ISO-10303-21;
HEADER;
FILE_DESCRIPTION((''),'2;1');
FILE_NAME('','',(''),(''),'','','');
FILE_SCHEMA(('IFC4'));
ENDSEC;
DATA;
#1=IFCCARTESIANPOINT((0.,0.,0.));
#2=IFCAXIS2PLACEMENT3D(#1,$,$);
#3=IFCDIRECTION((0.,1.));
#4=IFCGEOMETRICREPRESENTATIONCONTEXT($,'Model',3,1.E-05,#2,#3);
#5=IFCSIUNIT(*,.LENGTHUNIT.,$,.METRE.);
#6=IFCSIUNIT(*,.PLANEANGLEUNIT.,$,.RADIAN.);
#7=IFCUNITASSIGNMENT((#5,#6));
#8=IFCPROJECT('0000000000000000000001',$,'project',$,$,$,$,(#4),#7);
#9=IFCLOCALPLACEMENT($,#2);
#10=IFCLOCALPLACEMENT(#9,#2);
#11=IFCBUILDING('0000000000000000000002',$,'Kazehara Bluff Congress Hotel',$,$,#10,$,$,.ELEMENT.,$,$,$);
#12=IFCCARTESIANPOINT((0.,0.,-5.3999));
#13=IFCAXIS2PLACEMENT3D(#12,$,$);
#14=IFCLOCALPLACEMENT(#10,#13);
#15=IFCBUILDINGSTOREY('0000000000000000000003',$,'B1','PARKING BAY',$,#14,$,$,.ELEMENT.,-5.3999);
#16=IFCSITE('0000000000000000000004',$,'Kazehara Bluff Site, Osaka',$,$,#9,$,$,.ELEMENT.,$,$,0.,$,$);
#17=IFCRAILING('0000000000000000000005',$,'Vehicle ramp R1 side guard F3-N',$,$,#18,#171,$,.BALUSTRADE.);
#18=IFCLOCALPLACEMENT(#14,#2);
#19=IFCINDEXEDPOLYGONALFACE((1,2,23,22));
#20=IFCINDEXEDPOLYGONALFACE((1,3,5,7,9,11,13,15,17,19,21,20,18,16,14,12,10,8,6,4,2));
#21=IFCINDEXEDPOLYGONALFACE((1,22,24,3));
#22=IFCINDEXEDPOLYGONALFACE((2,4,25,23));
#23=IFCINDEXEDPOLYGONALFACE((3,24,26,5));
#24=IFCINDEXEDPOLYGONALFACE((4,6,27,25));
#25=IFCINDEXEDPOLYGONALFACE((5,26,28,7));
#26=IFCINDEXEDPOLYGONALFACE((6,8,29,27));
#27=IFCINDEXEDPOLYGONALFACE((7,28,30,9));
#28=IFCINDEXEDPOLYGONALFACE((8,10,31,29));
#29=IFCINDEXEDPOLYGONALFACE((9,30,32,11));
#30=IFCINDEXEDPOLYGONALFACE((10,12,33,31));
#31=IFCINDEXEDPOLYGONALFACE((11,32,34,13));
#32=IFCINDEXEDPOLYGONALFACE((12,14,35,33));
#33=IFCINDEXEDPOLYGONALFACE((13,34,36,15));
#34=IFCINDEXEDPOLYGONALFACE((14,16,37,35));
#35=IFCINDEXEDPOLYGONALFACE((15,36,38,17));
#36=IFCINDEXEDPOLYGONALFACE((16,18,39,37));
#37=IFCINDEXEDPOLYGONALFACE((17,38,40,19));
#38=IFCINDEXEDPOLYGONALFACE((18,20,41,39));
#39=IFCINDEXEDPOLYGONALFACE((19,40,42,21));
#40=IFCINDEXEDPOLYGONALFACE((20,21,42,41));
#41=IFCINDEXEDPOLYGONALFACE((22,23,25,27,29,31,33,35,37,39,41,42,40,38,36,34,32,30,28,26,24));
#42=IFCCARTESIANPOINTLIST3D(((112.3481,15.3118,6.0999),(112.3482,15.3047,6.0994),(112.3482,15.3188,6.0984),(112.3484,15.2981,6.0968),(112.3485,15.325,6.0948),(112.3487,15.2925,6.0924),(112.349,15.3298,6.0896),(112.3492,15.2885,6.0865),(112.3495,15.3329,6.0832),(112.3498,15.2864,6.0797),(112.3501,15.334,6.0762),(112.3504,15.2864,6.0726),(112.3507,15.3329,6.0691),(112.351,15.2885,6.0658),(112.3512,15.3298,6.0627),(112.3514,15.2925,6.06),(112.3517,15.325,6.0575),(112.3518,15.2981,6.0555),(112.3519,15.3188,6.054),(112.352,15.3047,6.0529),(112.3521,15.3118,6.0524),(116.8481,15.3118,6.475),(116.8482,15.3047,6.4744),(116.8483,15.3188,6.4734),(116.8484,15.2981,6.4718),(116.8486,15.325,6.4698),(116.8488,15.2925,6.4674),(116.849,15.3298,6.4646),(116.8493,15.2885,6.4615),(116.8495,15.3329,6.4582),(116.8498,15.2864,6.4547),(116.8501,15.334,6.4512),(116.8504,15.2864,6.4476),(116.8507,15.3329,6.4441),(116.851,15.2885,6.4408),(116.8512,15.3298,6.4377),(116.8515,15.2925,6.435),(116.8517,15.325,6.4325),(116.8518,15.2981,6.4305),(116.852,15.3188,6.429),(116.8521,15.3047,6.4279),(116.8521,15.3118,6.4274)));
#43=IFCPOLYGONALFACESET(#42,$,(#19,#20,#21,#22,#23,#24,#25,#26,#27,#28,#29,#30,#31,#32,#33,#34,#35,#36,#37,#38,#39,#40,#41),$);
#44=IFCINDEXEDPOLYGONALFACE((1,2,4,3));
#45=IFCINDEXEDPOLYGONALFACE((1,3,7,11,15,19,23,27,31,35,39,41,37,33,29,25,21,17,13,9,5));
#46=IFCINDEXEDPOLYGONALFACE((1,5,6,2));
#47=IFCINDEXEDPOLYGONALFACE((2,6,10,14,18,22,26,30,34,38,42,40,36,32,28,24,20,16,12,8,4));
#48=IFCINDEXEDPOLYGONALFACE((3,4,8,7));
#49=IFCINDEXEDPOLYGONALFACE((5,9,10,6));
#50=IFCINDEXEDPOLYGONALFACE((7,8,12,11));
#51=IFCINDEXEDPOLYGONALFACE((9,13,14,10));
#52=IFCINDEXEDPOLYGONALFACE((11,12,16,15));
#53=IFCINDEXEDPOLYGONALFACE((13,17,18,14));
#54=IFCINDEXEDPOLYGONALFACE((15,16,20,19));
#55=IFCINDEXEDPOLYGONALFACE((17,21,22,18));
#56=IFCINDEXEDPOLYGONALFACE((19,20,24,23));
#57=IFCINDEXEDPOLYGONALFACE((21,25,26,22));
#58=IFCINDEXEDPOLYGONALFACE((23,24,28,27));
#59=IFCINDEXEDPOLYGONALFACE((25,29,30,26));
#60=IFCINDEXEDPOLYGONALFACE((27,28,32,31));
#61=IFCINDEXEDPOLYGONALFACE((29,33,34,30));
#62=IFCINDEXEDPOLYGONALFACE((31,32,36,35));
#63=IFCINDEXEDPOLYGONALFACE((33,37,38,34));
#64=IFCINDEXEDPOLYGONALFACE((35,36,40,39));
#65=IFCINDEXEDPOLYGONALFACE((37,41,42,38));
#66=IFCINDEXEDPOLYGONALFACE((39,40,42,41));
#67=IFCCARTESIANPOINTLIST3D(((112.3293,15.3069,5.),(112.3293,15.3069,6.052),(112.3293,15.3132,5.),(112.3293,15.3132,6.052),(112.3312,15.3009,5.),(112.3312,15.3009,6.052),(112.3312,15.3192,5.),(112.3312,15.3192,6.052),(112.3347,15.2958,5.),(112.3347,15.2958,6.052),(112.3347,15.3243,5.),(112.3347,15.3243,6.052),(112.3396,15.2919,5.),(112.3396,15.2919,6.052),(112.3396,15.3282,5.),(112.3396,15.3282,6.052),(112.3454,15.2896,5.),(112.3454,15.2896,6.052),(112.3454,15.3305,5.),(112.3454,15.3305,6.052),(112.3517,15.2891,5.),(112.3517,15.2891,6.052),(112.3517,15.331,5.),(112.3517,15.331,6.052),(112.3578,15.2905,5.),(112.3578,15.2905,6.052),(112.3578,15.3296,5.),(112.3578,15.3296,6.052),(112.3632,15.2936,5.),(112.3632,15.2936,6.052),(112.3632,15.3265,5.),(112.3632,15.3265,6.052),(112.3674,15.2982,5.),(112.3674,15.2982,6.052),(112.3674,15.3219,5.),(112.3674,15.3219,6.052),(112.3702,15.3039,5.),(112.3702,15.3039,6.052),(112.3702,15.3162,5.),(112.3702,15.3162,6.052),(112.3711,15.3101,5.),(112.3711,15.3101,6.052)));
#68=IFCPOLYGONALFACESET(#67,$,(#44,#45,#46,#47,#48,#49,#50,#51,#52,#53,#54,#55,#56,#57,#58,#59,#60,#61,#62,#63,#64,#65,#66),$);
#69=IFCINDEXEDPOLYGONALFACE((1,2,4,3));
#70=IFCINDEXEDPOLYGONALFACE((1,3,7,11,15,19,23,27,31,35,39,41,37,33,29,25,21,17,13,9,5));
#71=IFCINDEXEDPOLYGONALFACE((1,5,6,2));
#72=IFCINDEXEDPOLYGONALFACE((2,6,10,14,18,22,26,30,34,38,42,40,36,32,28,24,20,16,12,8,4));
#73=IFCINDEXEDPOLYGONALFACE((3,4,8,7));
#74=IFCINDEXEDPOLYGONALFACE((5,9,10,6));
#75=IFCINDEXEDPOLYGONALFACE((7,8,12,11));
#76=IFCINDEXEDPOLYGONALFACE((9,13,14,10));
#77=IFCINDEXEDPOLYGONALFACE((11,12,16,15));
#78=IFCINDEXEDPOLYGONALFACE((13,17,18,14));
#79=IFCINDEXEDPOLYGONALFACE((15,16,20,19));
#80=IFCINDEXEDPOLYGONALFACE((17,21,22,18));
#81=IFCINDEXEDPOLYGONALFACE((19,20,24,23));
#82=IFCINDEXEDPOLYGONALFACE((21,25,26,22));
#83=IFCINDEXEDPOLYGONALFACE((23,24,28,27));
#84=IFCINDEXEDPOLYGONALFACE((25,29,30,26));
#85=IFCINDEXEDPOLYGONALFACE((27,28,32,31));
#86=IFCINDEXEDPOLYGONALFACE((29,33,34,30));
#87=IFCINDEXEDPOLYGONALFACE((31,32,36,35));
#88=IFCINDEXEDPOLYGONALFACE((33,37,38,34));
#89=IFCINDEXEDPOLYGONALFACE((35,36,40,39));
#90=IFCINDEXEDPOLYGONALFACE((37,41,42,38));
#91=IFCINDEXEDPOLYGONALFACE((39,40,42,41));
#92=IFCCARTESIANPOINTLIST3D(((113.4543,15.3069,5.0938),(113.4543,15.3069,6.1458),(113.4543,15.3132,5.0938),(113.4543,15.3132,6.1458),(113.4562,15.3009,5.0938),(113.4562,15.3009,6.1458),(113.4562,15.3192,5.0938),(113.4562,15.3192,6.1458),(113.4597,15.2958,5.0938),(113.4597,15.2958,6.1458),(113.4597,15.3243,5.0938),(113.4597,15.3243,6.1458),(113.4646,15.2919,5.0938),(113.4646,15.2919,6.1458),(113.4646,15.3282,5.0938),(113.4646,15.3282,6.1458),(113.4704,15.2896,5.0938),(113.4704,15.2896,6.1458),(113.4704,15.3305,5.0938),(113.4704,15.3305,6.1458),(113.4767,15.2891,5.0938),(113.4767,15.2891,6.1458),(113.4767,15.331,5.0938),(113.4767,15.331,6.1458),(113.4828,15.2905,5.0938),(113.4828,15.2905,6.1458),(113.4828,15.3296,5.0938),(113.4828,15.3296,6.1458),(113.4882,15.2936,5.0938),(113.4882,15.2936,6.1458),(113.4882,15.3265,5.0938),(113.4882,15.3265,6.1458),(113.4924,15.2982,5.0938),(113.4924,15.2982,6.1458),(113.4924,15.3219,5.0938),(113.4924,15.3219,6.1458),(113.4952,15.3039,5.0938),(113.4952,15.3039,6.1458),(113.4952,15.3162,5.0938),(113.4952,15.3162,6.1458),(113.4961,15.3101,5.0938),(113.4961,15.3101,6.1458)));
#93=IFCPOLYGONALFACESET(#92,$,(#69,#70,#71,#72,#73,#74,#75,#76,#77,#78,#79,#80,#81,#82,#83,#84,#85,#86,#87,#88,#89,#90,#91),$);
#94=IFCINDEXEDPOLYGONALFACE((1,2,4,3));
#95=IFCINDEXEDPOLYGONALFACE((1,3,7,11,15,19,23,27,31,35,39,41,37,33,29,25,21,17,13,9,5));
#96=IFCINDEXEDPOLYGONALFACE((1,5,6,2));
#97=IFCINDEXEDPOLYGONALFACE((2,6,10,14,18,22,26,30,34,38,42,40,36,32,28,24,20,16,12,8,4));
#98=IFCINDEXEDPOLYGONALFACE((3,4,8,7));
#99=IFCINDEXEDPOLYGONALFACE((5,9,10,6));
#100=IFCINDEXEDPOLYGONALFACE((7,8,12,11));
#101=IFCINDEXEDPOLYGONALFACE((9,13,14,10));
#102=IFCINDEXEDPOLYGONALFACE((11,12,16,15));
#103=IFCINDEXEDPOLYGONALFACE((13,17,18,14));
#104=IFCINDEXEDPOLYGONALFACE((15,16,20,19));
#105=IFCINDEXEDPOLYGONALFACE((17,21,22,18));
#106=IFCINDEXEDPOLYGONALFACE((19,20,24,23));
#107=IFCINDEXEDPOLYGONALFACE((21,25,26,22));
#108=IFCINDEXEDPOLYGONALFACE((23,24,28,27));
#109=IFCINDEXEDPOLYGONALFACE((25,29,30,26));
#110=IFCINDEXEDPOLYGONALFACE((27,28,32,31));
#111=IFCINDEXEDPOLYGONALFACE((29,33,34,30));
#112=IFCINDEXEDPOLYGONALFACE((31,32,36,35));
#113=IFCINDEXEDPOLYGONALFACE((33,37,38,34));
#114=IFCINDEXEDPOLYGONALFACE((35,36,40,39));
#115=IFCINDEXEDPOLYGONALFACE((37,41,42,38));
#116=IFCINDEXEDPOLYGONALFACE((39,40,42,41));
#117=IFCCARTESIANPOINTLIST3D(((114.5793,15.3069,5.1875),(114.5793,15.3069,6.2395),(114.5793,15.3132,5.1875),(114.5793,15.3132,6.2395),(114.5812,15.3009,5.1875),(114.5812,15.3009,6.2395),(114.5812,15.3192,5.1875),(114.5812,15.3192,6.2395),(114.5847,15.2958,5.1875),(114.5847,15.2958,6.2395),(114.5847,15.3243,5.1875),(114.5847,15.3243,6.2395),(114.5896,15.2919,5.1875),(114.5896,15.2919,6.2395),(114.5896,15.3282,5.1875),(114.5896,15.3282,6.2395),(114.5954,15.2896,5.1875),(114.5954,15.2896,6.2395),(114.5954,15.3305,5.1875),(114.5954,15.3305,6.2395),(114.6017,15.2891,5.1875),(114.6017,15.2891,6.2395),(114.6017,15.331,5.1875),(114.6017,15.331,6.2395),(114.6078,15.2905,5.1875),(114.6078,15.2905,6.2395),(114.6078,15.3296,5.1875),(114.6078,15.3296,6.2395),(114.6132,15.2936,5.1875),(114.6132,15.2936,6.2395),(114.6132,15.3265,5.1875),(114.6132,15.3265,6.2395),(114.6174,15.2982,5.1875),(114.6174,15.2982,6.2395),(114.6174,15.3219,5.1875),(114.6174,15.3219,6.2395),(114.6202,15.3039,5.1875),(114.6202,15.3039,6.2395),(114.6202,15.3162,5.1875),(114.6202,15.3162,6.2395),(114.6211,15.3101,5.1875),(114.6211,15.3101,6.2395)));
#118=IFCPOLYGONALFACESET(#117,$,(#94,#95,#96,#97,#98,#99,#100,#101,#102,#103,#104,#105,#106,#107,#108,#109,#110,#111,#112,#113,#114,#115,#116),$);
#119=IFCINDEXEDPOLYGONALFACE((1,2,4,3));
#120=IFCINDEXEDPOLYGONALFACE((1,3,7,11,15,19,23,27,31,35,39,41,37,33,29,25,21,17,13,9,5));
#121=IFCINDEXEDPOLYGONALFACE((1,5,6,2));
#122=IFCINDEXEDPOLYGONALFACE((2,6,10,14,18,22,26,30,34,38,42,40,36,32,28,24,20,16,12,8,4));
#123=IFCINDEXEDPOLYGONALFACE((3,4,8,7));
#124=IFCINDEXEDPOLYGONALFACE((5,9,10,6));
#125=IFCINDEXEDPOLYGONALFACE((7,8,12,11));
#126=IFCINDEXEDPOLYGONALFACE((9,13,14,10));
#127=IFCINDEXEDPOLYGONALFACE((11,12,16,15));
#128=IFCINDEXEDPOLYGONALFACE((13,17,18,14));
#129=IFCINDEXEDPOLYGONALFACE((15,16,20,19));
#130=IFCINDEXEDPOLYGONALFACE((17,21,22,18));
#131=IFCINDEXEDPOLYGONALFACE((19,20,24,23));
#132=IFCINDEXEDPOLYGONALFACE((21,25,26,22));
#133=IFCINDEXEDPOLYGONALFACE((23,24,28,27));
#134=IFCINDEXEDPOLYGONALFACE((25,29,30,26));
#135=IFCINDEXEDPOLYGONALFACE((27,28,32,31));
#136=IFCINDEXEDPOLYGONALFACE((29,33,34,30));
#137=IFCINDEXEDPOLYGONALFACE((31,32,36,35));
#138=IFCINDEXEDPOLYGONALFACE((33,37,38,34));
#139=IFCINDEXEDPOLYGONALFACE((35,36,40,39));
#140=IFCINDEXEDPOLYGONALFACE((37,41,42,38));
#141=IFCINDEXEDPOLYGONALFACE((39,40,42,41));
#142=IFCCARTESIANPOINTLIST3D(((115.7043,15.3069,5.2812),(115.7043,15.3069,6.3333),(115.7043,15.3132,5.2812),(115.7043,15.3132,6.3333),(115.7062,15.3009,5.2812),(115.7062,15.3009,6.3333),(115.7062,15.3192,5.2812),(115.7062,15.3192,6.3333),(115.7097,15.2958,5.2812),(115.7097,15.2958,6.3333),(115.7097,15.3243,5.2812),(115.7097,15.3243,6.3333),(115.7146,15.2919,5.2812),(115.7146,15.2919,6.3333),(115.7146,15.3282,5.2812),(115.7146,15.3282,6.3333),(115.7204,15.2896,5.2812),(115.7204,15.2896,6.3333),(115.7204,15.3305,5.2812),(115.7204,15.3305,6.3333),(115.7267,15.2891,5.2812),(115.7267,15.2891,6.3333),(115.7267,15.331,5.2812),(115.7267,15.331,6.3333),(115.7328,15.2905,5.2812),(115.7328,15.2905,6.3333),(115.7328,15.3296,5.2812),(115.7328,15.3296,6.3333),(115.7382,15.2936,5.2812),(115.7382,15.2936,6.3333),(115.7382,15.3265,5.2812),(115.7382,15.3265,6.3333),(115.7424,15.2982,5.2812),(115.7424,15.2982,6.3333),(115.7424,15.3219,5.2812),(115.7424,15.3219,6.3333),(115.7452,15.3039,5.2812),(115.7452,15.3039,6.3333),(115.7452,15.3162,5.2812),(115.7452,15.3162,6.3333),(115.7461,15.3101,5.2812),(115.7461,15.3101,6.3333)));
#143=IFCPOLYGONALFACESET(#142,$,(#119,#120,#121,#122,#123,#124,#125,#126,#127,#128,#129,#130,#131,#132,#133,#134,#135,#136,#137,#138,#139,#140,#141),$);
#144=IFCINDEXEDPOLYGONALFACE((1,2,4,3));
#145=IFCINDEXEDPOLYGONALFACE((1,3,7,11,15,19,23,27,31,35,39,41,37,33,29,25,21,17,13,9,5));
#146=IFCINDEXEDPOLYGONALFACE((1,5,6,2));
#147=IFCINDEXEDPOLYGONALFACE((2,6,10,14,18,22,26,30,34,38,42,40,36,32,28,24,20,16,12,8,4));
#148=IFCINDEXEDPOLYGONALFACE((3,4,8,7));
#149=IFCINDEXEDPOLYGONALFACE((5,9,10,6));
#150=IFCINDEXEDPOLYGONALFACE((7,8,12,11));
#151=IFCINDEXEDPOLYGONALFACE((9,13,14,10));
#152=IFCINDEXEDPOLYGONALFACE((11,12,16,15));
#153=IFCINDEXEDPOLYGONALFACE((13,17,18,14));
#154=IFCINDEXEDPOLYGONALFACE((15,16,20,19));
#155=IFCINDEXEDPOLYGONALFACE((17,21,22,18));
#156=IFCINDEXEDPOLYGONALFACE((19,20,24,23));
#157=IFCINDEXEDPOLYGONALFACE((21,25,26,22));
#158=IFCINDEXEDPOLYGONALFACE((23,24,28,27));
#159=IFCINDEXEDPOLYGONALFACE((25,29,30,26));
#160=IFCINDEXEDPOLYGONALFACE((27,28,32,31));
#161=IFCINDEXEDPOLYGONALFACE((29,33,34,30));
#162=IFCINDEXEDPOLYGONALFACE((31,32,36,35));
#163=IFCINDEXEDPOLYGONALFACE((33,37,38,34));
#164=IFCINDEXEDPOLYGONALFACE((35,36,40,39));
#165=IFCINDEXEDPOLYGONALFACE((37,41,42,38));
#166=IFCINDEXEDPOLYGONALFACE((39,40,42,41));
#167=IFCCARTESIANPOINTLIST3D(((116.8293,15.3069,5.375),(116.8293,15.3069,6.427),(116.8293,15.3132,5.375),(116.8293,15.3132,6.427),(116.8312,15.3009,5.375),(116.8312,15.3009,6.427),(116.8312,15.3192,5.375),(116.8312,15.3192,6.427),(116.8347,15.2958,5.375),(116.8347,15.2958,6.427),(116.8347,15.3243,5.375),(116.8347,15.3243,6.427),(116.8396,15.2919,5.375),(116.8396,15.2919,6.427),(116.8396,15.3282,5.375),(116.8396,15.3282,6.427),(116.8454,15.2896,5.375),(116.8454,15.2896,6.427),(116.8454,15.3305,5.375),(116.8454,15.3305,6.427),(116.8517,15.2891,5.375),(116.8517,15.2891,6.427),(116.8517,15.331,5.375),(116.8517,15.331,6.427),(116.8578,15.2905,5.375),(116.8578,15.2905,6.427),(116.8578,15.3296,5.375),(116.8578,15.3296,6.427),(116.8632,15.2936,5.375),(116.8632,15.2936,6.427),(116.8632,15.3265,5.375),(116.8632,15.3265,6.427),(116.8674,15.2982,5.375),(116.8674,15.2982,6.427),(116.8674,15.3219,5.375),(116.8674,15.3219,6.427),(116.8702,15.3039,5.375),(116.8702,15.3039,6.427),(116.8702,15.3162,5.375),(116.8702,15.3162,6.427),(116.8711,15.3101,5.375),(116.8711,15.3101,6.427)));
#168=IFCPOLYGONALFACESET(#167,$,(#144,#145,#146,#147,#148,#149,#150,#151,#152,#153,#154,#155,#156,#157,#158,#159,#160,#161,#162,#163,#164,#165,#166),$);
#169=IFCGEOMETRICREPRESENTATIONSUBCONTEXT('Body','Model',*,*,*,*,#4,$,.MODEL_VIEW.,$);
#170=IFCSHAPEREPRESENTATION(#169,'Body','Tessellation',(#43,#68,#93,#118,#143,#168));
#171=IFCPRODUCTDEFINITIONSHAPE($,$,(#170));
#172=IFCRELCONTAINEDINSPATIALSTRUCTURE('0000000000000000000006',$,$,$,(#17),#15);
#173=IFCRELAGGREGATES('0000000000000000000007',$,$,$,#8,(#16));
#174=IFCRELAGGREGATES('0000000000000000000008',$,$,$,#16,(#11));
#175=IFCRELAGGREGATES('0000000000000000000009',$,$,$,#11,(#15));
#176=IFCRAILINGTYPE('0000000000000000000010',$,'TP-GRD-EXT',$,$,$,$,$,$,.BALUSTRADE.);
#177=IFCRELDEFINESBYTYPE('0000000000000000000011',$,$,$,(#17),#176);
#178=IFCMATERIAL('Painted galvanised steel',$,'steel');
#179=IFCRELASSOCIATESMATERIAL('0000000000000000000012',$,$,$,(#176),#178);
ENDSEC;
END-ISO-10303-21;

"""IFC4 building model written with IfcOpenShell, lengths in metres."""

from ifc_helpers import new_model, si_unit, direction, frame, origin, origin_2d, place, context, subcontext, project, spatial, circle, extrude, material, type_object, element, save


model = new_model("IFC4")

# Units and contexts
model_context = context("Model", 3, precision=1e-05, world=origin(), true_north=direction((0.0, 1.0)))
body_context = subcontext(model_context, "Body", "Model", "MODEL_VIEW")
ifc_project = project(units=[si_unit("LENGTHUNIT", "METRE"), si_unit("PLANEANGLEUNIT", "RADIAN")], contexts=[model_context])

# Site, building, storey
site_placement = place(None, origin())
site = spatial("IfcSite", under=ifc_project, at=site_placement, Name="Kazehara Bluff Site, Osaka", CompositionType="ELEMENT", RefElevation=0.0)
building_placement = place(site_placement, origin())
building = spatial("IfcBuilding", under=site, at=building_placement, Name="Kazehara Bluff Congress Hotel", CompositionType="ELEMENT")
storey_placement = place(building_placement, frame((0.0, 0.0, -5.3999)))
storey = spatial("IfcBuildingStorey", under=building, at=storey_placement, Name="B1", Description="PARKING BAY", CompositionType="ELEMENT", Elevation=-5.3999)

# Railing
ifc_material_1 = material(Name="Painted galvanised steel", Category="steel")
railing_type = type_object("IfcRailingType", Name="TP-GRD-EXT", PredefinedType="BALUSTRADE", material=ifc_material_1)
railing_placement = place(storey_placement, frame((112.3501, 15.3101, 5.0)))
element("IfcRailing", 1, at=railing_placement, inside=storey, type_object=railing_type, Name="Vehicle ramp R1 side guard F3-N", PredefinedType="BALUSTRADE", context=body_context, shape_type="SweptSolid", body=[
    extrude(circle(Radius=0.0239, at=origin_2d()), frame((0.0, 0.0, 1.0762), z_axis=(0.996546, 0.0, 0.083045), x_axis=(0.0, 1.0, 0.0)), (0.0, 0.0, 1.0), 4.5156),
    extrude(circle(Radius=0.021, at=origin_2d()), origin(), (0.0, 0.0, 1.0), 1.052),
    extrude(circle(Radius=0.021, at=origin_2d()), frame((1.125, 0.0, 0.0938)), (0.0, 0.0, 1.0), 1.052),
    extrude(circle(Radius=0.021, at=origin_2d()), frame((2.25, 0.0, 0.1875)), (0.0, 0.0, 1.0), 1.052),
    extrude(circle(Radius=0.021, at=origin_2d()), frame((3.375, 0.0, 0.2812)), (0.0, 0.0, 1.0), 1.052),
    extrude(circle(Radius=0.021, at=origin_2d()), frame((4.5, 0.0, 0.375)), (0.0, 0.0, 1.0), 1.052),
])

save(model, "model.ifc")
